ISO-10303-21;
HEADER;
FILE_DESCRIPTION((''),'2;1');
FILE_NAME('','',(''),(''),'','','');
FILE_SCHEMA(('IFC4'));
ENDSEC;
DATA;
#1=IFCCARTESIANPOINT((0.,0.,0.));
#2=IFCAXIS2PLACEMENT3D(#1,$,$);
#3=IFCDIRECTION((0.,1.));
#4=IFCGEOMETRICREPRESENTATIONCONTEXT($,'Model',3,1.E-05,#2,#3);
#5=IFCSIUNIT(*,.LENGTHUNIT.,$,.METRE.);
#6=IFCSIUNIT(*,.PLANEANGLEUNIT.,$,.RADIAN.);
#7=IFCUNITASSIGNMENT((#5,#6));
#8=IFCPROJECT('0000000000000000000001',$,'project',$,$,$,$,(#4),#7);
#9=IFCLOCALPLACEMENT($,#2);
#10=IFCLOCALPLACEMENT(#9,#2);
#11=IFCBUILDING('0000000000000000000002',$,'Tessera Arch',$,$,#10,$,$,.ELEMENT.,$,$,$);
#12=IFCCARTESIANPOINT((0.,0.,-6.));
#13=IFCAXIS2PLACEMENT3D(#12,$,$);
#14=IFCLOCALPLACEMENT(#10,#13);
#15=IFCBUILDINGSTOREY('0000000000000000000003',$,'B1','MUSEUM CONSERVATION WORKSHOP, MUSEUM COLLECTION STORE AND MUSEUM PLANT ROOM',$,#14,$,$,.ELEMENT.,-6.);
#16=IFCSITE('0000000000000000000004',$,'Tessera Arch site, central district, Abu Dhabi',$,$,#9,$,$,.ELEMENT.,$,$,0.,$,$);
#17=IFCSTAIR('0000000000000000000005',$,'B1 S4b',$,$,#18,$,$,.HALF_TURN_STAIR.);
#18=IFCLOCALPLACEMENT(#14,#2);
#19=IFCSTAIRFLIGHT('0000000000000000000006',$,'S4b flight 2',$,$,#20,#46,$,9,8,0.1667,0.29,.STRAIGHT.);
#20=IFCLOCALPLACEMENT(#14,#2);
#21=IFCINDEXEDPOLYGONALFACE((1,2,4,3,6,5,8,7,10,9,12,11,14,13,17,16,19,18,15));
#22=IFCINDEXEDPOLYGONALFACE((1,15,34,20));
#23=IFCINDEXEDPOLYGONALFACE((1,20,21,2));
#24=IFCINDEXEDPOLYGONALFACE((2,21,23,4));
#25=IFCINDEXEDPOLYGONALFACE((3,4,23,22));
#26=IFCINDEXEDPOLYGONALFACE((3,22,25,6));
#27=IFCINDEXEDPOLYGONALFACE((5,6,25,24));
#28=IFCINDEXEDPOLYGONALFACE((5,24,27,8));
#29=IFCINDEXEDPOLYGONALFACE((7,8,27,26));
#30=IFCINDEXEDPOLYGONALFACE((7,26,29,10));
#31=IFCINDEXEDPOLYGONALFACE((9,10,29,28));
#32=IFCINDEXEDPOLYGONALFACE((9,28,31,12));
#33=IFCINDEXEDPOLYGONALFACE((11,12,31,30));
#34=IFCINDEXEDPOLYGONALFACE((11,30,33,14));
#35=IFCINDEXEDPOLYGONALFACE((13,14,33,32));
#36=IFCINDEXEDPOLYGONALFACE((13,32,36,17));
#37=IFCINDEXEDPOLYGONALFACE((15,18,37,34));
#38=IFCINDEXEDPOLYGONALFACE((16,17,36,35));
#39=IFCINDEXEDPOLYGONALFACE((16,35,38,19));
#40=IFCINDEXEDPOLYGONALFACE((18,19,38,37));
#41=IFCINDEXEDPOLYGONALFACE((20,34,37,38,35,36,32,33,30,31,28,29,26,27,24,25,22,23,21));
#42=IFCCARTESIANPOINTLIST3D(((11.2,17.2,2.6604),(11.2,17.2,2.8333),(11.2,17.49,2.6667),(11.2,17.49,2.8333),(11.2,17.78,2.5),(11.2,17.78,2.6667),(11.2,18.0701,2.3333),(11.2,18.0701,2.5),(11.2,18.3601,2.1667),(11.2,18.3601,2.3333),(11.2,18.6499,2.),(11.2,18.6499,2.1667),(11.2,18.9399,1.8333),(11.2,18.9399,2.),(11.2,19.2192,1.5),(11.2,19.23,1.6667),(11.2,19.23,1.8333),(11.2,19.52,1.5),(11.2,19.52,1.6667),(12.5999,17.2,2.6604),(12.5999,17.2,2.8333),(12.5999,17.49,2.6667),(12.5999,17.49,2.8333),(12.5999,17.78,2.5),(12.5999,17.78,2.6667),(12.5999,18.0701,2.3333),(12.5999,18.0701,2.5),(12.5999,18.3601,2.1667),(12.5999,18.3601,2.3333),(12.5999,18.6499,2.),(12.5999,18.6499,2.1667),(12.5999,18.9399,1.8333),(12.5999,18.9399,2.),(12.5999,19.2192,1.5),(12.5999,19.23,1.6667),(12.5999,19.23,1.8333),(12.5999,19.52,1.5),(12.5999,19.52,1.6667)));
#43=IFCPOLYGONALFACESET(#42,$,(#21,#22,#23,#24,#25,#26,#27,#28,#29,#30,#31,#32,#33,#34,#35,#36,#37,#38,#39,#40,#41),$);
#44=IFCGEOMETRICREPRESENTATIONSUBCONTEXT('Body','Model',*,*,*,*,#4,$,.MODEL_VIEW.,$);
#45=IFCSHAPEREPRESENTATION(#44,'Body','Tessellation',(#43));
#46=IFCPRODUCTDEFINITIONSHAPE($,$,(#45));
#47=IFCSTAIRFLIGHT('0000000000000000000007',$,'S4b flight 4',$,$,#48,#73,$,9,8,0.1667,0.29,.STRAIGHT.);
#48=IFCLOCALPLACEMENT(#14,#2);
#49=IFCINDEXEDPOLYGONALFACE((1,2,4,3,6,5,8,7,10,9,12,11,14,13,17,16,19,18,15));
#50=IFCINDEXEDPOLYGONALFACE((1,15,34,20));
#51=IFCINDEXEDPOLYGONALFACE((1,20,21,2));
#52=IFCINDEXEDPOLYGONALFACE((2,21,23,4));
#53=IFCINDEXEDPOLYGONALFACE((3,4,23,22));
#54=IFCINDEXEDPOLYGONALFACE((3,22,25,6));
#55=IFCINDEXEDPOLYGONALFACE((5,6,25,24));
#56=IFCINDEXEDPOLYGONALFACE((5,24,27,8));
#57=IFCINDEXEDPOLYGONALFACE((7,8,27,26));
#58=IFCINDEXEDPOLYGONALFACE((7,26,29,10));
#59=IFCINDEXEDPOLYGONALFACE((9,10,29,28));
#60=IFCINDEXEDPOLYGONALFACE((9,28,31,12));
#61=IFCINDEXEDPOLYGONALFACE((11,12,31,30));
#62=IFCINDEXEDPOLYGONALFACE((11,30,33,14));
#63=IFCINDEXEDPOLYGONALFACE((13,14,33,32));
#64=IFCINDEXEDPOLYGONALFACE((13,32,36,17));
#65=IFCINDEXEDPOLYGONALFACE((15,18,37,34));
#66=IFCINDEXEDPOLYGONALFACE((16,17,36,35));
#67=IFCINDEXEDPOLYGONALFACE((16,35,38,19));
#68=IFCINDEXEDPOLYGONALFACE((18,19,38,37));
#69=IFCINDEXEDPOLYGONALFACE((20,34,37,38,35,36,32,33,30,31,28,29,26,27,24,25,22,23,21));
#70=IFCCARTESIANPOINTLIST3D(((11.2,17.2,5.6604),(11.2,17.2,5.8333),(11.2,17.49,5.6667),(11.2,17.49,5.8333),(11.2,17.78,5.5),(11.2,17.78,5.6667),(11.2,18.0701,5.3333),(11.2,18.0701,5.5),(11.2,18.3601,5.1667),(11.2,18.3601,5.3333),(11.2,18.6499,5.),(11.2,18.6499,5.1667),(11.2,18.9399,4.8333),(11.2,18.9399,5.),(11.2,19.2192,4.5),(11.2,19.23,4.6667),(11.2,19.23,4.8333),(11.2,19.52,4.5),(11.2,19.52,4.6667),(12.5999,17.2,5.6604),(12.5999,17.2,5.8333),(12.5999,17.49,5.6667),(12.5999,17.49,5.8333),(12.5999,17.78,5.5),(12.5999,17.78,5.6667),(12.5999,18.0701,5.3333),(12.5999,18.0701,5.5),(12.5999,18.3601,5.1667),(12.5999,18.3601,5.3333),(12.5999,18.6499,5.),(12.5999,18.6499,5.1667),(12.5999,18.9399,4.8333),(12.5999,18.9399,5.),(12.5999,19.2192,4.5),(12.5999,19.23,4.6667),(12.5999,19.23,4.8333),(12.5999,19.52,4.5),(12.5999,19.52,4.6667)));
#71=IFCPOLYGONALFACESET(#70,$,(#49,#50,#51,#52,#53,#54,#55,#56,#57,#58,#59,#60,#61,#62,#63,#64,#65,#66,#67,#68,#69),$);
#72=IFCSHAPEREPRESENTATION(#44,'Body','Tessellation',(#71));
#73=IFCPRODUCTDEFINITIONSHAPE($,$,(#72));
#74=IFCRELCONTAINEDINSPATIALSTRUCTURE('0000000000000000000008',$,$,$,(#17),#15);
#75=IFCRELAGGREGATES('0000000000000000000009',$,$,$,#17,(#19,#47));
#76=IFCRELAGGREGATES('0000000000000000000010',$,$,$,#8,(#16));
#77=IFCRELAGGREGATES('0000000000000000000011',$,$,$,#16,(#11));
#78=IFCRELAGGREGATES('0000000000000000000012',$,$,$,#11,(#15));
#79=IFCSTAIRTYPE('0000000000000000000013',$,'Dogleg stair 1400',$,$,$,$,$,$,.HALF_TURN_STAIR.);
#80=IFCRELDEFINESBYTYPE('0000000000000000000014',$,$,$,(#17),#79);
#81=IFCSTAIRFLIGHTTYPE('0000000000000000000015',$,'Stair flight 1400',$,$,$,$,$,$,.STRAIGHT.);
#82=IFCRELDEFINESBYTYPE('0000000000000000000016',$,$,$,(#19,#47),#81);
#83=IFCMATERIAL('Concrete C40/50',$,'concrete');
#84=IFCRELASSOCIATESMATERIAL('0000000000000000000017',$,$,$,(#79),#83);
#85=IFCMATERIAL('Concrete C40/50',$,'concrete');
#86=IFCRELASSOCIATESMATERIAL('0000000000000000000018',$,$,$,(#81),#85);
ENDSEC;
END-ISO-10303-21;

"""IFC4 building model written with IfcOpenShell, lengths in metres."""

from ifc_helpers import new_model, si_unit, direction, frame, origin, place, context, subcontext, project, spatial, polyline, outline, extrude, material, type_object, element, aggregate, save


model = new_model("IFC4")

# Units and contexts
model_context = context("Model", 3, precision=1e-05, world=origin(), true_north=direction((0.0, 1.0)))
body_context = subcontext(model_context, "Body", "Model", "MODEL_VIEW")
ifc_project = project(units=[si_unit("LENGTHUNIT", "METRE"), si_unit("PLANEANGLEUNIT", "RADIAN")], contexts=[model_context])

# Site, building, storey
site_placement = place(None, origin())
site = spatial("IfcSite", under=ifc_project, at=site_placement, Name="Tessera Arch site, central district, Abu Dhabi", CompositionType="ELEMENT", RefElevation=0.0)
building_placement = place(site_placement, origin())
building = spatial("IfcBuilding", under=site, at=building_placement, Name="Tessera Arch", CompositionType="ELEMENT")
storey_placement = place(building_placement, frame((0.0, 0.0, -6.0)))
storey = spatial("IfcBuildingStorey", under=building, at=storey_placement, Name="B1", Description="MUSEUM CONSERVATION WORKSHOP, MUSEUM COLLECTION STORE AND MUSEUM PLANT ROOM", CompositionType="ELEMENT", Elevation=-6.0)

# Stair, stair flights
ifc_material_1 = material(Name="Concrete C40/50", Category="concrete")
stair_type = type_object("IfcStairType", Name="Dogleg stair 1400", PredefinedType="HALF_TURN_STAIR", material=ifc_material_1)
ifc_material_2 = material(Name="Concrete C40/50", Category="concrete")
stair_flight_type = type_object("IfcStairFlightType", Name="Stair flight 1400", PredefinedType="STRAIGHT", material=ifc_material_2)
stair_1_placement = place(storey_placement, origin())
stair_1 = element("IfcStair", 1, at=stair_1_placement, inside=storey, type_object=stair_type, Name="B1 S4b", PredefinedType="HALF_TURN_STAIR")
stair_flight_1_placement = place(storey_placement, frame((11.8999, 19.52, 1.5), z_axis=(0.0, 0.0, 1.0), x_axis=(0.0, -1.0, 0.0)))
stair_flight_1 = element("IfcStairFlight", 2, at=stair_flight_1_placement, type_object=stair_flight_type, Name="S4b flight 2", NumberOfRisers=9, NumberOfTreads=8, PredefinedType="STRAIGHT", RiserHeight=0.1667, TreadLength=0.29, context=body_context, shape_type="SweptSolid", body=[
    extrude(outline(polyline([(0.0, 0.0), (0.0, 0.1667), (0.29, 0.1667), (0.29, 0.3333), (0.5801, 0.3333), (0.5801, 0.5), (0.8701, 0.5), (0.8701, 0.6667), (1.1599, 0.6667), (1.1599, 0.8333), (1.45, 0.8333), (1.45, 1.0), (1.74, 1.0), (1.74, 1.1667), (2.03, 1.1667), (2.03, 1.3333), (2.3201, 1.3333), (2.3201, 1.5), (2.3201, 1.1604), (0.3008, 0.0), (0.0, 0.0)])), frame((0.0, 0.7, 0.0), z_axis=(0.0, -1.0, 0.0), x_axis=(1.0, 0.0, 0.0)), (0.0, 0.0, 1.0), 1.3999),
])
stair_flight_2_placement = place(storey_placement, frame((11.8999, 19.52, 4.5), z_axis=(0.0, 0.0, 1.0), x_axis=(0.0, -1.0, 0.0)))
stair_flight_2 = element("IfcStairFlight", 3, at=stair_flight_2_placement, type_object=stair_flight_type, Name="S4b flight 4", NumberOfRisers=9, NumberOfTreads=8, PredefinedType="STRAIGHT", RiserHeight=0.1667, TreadLength=0.29, context=body_context, shape_type="SweptSolid", body=[
    extrude(outline(polyline([(0.0, 0.0), (0.0, 0.1667), (0.29, 0.1667), (0.29, 0.3333), (0.5801, 0.3333), (0.5801, 0.5), (0.8701, 0.5), (0.8701, 0.6667), (1.1599, 0.6667), (1.1599, 0.8333), (1.45, 0.8333), (1.45, 1.0), (1.74, 1.0), (1.74, 1.1667), (2.03, 1.1667), (2.03, 1.3333), (2.3201, 1.3333), (2.3201, 1.5), (2.3201, 1.1604), (0.3008, 0.0), (0.0, 0.0)])), frame((0.0, 0.7, 0.0), z_axis=(0.0, -1.0, 0.0), x_axis=(1.0, 0.0, 0.0)), (0.0, 0.0, 1.0), 1.3999),
])
aggregate(stair_1, [stair_flight_1, stair_flight_2])

save(model, "model.ifc")
